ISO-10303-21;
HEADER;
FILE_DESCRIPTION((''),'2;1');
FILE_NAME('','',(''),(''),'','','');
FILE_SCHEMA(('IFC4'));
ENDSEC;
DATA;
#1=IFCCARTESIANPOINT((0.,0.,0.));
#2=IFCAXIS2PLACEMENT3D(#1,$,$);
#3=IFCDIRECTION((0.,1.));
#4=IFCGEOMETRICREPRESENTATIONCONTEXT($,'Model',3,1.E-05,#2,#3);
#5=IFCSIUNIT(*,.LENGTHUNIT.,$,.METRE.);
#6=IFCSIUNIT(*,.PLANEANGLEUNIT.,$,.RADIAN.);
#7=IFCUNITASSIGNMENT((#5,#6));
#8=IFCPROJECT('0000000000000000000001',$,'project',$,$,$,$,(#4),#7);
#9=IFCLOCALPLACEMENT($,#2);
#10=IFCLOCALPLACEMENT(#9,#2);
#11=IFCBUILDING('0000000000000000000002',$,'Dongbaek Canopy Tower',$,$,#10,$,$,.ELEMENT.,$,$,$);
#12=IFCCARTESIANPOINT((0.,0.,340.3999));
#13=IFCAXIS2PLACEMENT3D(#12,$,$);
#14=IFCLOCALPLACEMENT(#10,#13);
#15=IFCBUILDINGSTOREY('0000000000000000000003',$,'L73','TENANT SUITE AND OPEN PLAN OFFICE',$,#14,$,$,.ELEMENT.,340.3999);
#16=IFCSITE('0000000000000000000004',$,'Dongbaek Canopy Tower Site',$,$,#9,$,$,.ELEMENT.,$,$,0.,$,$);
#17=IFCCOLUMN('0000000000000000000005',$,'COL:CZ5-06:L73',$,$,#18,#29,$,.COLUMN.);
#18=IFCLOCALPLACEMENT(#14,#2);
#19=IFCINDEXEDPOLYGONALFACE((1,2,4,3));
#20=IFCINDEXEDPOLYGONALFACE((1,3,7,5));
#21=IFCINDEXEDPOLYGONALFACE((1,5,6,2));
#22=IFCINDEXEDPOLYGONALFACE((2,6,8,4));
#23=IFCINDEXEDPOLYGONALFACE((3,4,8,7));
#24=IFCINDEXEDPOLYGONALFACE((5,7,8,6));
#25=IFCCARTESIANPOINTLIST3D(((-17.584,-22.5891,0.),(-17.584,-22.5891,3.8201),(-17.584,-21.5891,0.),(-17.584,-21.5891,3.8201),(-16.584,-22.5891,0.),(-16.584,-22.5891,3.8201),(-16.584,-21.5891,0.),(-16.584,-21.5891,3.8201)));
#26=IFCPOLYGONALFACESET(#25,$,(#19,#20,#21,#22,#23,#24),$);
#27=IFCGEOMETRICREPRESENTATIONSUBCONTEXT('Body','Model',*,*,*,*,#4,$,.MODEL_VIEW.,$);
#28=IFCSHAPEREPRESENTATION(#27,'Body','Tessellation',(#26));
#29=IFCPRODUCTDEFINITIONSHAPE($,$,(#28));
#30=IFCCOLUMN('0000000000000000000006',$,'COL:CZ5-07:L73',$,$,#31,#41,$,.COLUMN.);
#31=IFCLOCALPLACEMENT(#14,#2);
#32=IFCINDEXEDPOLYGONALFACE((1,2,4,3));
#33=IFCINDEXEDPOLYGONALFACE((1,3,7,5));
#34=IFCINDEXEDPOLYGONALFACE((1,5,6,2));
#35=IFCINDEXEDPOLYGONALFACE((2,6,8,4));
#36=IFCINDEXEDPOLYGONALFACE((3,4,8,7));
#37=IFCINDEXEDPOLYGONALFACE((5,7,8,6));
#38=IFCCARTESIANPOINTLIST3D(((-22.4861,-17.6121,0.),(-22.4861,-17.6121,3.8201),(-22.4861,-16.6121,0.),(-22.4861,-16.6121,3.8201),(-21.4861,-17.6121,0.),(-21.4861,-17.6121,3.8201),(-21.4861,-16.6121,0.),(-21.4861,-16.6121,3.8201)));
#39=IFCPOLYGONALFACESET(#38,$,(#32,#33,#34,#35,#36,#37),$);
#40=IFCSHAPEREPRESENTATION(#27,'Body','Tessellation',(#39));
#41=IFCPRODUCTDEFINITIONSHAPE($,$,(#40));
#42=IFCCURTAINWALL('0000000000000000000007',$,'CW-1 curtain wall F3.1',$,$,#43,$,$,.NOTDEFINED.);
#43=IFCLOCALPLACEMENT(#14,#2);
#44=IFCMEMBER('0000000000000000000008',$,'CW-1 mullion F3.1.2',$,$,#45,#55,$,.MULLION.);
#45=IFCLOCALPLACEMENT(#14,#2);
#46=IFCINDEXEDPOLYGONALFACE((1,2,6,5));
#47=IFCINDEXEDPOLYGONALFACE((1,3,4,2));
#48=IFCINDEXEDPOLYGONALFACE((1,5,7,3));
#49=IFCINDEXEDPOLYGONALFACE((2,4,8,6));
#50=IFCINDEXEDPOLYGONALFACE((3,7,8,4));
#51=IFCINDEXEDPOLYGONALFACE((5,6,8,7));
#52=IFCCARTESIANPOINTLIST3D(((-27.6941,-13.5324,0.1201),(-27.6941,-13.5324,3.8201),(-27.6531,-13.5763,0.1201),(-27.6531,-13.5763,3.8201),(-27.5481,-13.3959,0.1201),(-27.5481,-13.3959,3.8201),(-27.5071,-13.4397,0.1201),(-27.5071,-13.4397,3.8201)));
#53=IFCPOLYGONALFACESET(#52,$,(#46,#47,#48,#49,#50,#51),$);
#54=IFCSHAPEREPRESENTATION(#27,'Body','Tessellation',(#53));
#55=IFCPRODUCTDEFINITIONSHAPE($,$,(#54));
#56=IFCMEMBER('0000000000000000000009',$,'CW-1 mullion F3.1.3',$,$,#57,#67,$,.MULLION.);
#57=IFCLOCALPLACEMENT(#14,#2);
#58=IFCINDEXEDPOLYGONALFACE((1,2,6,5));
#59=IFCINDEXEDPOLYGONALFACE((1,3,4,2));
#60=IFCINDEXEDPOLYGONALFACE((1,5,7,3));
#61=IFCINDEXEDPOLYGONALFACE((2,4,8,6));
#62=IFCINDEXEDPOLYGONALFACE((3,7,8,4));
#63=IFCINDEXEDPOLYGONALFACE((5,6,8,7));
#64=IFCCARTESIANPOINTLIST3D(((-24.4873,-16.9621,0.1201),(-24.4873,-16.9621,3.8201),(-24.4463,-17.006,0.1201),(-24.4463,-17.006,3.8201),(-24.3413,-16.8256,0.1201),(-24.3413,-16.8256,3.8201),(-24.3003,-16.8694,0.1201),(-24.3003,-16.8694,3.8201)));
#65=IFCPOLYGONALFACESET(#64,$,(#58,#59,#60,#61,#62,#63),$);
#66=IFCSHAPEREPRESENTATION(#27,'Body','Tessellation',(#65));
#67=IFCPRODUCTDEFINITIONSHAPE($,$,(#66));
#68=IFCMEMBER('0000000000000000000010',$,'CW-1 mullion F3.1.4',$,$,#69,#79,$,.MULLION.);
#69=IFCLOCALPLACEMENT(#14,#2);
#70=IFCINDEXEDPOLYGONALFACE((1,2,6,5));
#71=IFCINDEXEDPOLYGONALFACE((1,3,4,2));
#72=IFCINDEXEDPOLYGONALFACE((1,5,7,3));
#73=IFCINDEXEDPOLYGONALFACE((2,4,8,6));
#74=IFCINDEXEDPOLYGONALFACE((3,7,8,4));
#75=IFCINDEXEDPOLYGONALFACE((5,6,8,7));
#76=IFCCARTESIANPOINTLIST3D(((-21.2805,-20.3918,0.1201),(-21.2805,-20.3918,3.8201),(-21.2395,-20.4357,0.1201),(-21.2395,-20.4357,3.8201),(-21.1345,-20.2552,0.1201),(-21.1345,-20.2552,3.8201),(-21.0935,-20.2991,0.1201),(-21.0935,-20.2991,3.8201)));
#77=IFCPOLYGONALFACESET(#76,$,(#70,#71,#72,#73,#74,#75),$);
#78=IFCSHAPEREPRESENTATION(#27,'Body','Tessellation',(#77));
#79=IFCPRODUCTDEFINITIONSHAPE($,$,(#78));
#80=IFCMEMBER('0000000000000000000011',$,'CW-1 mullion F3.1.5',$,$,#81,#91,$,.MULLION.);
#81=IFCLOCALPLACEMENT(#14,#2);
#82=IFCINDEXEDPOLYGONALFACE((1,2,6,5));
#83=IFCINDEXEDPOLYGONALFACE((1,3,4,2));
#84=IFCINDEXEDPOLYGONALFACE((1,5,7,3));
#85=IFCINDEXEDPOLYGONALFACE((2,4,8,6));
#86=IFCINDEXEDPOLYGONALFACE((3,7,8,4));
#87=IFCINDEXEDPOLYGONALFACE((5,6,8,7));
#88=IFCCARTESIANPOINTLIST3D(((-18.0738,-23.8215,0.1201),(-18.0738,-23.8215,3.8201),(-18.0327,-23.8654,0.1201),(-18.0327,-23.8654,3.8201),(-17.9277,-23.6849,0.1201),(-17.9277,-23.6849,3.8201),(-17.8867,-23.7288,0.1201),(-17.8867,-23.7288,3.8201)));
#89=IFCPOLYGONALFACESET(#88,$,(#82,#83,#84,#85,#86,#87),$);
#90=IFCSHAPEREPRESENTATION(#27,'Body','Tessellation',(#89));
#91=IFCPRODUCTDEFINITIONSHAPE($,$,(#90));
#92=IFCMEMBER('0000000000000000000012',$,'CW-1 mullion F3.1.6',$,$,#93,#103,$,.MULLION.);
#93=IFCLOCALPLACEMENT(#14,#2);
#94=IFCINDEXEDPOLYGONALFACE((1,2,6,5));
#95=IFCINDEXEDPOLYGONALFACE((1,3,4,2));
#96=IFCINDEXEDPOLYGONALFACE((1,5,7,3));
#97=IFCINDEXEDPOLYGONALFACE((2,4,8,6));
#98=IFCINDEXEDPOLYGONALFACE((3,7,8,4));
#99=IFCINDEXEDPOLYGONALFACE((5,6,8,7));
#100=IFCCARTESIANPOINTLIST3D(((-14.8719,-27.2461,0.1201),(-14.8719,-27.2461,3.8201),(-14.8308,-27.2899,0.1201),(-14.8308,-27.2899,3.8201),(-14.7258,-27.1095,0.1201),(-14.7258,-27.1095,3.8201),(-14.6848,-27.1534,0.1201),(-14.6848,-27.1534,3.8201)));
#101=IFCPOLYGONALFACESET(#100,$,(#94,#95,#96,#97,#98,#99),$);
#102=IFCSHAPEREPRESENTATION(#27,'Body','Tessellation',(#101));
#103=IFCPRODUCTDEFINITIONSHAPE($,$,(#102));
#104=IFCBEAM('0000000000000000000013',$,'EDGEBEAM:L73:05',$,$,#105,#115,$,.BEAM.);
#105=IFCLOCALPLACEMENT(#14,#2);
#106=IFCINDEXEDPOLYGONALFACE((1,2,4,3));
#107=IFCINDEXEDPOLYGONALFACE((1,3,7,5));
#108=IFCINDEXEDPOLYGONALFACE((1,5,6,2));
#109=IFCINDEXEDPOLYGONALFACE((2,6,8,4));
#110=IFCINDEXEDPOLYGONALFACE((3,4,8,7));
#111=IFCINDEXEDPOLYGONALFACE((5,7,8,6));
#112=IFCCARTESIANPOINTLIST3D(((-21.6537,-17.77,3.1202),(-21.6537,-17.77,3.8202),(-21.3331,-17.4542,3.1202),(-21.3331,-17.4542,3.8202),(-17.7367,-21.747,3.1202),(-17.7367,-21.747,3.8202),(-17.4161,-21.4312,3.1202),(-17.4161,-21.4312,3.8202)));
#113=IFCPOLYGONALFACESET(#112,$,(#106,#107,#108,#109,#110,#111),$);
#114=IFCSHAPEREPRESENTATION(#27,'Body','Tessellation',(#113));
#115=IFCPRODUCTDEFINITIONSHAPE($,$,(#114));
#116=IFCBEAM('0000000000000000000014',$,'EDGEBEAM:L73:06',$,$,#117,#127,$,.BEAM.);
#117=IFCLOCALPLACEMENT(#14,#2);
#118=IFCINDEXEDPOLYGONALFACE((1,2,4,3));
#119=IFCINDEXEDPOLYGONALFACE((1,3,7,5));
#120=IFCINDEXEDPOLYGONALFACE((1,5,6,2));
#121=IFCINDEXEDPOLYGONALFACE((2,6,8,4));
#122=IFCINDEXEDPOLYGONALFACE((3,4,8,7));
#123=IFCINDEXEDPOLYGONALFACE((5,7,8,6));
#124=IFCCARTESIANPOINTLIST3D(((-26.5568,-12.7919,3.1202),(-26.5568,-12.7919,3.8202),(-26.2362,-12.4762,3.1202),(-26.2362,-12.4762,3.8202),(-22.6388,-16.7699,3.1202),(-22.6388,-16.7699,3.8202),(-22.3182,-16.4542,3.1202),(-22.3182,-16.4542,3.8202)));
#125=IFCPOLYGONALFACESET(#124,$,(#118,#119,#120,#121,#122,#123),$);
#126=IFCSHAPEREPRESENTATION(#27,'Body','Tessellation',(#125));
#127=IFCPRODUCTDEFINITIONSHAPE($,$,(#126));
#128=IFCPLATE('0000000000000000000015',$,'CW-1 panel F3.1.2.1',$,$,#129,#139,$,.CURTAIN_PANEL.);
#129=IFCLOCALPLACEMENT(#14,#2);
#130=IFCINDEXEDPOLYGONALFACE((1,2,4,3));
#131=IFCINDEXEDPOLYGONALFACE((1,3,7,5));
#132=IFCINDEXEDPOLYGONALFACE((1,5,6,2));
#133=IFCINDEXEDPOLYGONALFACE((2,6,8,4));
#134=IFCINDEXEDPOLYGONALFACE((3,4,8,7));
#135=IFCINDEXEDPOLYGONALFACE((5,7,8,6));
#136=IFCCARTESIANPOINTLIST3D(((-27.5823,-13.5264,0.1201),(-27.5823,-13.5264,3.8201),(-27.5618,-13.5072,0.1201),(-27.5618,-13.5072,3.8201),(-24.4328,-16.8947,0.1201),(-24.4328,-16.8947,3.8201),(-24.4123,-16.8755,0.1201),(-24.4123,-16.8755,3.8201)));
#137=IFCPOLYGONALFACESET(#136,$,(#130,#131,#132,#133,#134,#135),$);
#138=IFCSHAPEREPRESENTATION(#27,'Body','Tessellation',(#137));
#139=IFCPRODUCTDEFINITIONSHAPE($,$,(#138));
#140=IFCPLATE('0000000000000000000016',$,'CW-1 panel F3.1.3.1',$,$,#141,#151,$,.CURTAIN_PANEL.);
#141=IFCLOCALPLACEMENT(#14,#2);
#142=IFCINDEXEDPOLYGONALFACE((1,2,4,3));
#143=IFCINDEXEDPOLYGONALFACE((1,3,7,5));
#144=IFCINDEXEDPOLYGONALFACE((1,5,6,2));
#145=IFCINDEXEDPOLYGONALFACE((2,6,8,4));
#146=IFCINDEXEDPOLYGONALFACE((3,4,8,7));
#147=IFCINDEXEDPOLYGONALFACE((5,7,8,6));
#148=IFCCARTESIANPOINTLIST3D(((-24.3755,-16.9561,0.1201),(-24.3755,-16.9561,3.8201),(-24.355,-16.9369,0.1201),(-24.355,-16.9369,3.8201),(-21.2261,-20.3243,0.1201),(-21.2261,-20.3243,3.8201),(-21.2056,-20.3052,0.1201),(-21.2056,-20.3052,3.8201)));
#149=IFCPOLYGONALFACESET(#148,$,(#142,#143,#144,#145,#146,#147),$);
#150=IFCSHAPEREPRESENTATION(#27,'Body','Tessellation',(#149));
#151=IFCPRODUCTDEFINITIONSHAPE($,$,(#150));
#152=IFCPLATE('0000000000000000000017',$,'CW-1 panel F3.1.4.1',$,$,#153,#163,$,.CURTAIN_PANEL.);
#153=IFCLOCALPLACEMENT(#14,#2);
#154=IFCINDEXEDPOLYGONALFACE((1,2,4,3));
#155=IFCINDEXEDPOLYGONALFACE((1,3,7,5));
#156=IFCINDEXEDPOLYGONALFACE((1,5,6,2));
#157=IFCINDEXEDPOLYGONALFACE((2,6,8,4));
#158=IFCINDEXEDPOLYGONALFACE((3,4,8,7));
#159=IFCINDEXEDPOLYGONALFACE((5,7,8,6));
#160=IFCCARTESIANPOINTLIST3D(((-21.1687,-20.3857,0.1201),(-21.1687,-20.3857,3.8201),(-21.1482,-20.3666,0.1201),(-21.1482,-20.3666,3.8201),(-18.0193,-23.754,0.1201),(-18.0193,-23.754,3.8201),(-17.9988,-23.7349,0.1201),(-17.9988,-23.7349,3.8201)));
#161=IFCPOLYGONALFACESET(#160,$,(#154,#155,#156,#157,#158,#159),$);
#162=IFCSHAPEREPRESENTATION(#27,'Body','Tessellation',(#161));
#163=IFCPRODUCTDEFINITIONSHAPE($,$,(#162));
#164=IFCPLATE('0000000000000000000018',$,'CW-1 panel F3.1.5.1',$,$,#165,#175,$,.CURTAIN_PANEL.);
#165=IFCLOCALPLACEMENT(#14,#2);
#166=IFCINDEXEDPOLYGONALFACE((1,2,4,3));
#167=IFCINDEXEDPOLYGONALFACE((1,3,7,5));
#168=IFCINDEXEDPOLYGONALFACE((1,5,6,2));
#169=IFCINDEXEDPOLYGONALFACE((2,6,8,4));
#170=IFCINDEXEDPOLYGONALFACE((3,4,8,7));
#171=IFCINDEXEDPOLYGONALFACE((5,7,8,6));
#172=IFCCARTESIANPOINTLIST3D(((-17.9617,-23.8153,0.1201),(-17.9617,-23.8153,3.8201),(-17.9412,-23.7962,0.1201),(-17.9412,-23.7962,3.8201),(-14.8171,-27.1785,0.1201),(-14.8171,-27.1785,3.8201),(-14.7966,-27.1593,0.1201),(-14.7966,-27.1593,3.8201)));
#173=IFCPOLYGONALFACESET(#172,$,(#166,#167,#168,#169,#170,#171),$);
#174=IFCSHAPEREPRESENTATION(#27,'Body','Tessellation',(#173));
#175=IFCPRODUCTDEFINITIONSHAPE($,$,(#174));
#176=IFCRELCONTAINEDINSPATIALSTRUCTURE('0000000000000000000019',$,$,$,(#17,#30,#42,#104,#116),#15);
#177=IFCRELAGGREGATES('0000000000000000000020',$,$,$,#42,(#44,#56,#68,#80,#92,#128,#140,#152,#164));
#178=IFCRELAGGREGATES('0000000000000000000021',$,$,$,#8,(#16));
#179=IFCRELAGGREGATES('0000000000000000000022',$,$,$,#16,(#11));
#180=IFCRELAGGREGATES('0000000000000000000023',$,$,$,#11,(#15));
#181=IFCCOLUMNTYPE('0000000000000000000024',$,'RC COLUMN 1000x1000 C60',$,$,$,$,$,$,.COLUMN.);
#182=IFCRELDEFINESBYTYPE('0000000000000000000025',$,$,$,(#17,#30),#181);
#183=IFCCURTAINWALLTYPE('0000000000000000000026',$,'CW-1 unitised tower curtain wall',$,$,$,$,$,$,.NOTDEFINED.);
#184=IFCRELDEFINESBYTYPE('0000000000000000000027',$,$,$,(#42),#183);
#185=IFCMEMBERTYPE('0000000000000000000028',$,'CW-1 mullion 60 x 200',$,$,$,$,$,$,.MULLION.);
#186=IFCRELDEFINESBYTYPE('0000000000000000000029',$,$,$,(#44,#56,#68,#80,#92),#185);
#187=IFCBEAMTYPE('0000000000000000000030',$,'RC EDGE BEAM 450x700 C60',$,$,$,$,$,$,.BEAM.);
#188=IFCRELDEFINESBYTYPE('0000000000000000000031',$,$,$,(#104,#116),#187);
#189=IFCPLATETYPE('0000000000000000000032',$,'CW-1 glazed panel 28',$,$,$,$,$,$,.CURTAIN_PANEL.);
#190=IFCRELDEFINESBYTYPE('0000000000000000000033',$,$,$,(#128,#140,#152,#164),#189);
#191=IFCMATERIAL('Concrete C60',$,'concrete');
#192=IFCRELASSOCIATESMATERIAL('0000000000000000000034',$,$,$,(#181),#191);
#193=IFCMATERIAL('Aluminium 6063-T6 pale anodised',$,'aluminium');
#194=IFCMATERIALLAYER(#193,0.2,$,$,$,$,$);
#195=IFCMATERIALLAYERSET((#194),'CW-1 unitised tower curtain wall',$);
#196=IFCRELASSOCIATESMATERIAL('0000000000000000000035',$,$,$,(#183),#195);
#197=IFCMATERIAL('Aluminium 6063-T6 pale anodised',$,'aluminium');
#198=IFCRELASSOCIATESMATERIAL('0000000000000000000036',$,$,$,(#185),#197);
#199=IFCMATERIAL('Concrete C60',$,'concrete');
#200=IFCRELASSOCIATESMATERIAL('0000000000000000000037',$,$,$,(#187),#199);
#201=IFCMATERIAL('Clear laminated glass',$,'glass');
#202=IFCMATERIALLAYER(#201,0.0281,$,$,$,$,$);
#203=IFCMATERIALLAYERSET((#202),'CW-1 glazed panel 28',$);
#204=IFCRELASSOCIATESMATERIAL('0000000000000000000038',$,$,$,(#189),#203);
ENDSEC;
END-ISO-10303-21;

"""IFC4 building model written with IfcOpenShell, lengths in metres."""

from ifc_helpers import new_model, si_unit, direction, frame, origin, origin_2d, place, context, subcontext, project, spatial, rectangle, extrude, material, layer, layer_set, material_profile, profile_set, type_object, element, aggregate, save


model = new_model("IFC4")

# Units and contexts
model_context = context("Model", 3, precision=1e-05, world=origin(), true_north=direction((0.0, 1.0)))
body_context = subcontext(model_context, "Body", "Model", "MODEL_VIEW")
ifc_project = project(units=[si_unit("LENGTHUNIT", "METRE"), si_unit("PLANEANGLEUNIT", "RADIAN")], contexts=[model_context])

# Site, building, storey
site_placement = place(None, origin())
site = spatial("IfcSite", under=ifc_project, at=site_placement, Name="Dongbaek Canopy Tower Site", CompositionType="ELEMENT", RefElevation=0.0)
building_placement = place(site_placement, origin())
building = spatial("IfcBuilding", under=site, at=building_placement, Name="Dongbaek Canopy Tower", CompositionType="ELEMENT")
storey_placement = place(building_placement, frame((0.0, 0.0, 340.3999)))
storey = spatial("IfcBuildingStorey", under=building, at=storey_placement, Name="L73", Description="TENANT SUITE AND OPEN PLAN OFFICE", CompositionType="ELEMENT", Elevation=340.3999)

# Columns
ifc_material_1 = material(Name="Concrete C60", Category="concrete")
ifc_material_profile_1 = material_profile(ifc_material_1, rectangle(XDim=1.0, YDim=1.0, at=origin_2d()), Name="RC COLUMN 1000x1000 C60")
ifc_profile_set_1 = profile_set([ifc_material_profile_1], Name="Concrete C60")
column_type = type_object("IfcColumnType", Name="RC COLUMN 1000x1000 C60", PredefinedType="COLUMN", material=ifc_profile_set_1)
for number, where, z_axis, x_axis, name in (
    (1, (-17.084, -22.0891, 0.0), (0.0, 0.0, 1.0), (1.0, 0.0, 0.0), "COL:CZ5-06:L73"),
    (2, (-21.9861, -17.1121, 0.0), (0.0, 0.0, 1.0), (1.0, 0.0, 0.0), "COL:CZ5-07:L73"),
):
    element("IfcColumn", number, at=place(storey_placement, frame(where, z_axis=z_axis, x_axis=x_axis)), inside=storey, type_object=column_type, Name=name, PredefinedType="COLUMN", context=body_context, shape_type="SweptSolid", body=[
        extrude(rectangle(XDim=1.0, YDim=1.0, at=origin_2d()), origin(), (0.0, 0.0, 1.0), 3.8201),
    ])

# Curtain wall, members
ifc_material_2 = material(Name="Aluminium 6063-T6 pale anodised", Category="aluminium")
ifc_layer_1 = layer(ifc_material_2, 0.2)
ifc_layer_set_1 = layer_set([ifc_layer_1], Name="CW-1 unitised tower curtain wall")
curtain_wall_type = type_object("IfcCurtainWallType", Name="CW-1 unitised tower curtain wall", PredefinedType="NOTDEFINED", material=ifc_layer_set_1)
curtain_wall_1_placement = place(storey_placement, origin())
curtain_wall_1 = element("IfcCurtainWall", 3, at=curtain_wall_1_placement, inside=storey, type_object=curtain_wall_type, Name="CW-1 curtain wall F3.1", PredefinedType="NOTDEFINED")
ifc_material_3 = material(Name="Aluminium 6063-T6 pale anodised", Category="aluminium")
ifc_material_profile_2 = material_profile(ifc_material_3, rectangle(XDim=0.2, YDim=0.0601, at=origin_2d()), Name="CW-1 mullion 60 x 200")
ifc_profile_set_2 = profile_set([ifc_material_profile_2], Name="Aluminium 6063-T6 pale anodised")
member_type = type_object("IfcMemberType", Name="CW-1 mullion 60 x 200", PredefinedType="MULLION", material=ifc_profile_set_2)
member_1_placement = place(storey_placement, frame((-27.6006, -13.4861, 0.1201), z_axis=(0.0, 0.0, 1.0), x_axis=(-0.730438, -0.682979, 0.0)))
member_1 = element("IfcMember", 4, at=member_1_placement, type_object=member_type, Name="CW-1 mullion F3.1.2", PredefinedType="MULLION", context=body_context, shape_type="SweptSolid", body=[
    extrude(rectangle(XDim=0.2, YDim=0.0601, at=origin_2d()), origin(), (0.0, 0.0, 1.0), 3.7),
])
member_2_placement = place(storey_placement, frame((-24.3938, -16.9158, 0.1201), z_axis=(0.0, 0.0, 1.0), x_axis=(-0.730438, -0.682979, 0.0)))
member_2 = element("IfcMember", 5, at=member_2_placement, type_object=member_type, Name="CW-1 mullion F3.1.3", PredefinedType="MULLION", context=body_context, shape_type="SweptSolid", body=[
    extrude(rectangle(XDim=0.2, YDim=0.0601, at=origin_2d()), origin(), (0.0, 0.0, 1.0), 3.7),
])
member_3_placement = place(storey_placement, frame((-21.187, -20.3455, 0.1201), z_axis=(0.0, 0.0, 1.0), x_axis=(-0.730438, -0.682979, 0.0)))
member_3 = element("IfcMember", 6, at=member_3_placement, type_object=member_type, Name="CW-1 mullion F3.1.4", PredefinedType="MULLION", context=body_context, shape_type="SweptSolid", body=[
    extrude(rectangle(XDim=0.2, YDim=0.0601, at=origin_2d()), origin(), (0.0, 0.0, 1.0), 3.7),
])
member_4_placement = place(storey_placement, frame((-17.9802, -23.7751, 0.1201), z_axis=(0.0, 0.0, 1.0), x_axis=(-0.730438, -0.682979, 0.0)))
member_4 = element("IfcMember", 7, at=member_4_placement, type_object=member_type, Name="CW-1 mullion F3.1.5", PredefinedType="MULLION", context=body_context, shape_type="SweptSolid", body=[
    extrude(rectangle(XDim=0.2, YDim=0.0601, at=origin_2d()), origin(), (0.0, 0.0, 1.0), 3.7),
])
member_5_placement = place(storey_placement, frame((-14.7783, -27.1997, 0.1201), z_axis=(0.0, 0.0, 1.0), x_axis=(-0.730438, -0.682979, 0.0)))
member_5 = element("IfcMember", 8, at=member_5_placement, type_object=member_type, Name="CW-1 mullion F3.1.6", PredefinedType="MULLION", context=body_context, shape_type="SweptSolid", body=[
    extrude(rectangle(XDim=0.2, YDim=0.0601, at=origin_2d()), origin(), (0.0, 0.0, 1.0), 3.7),
])

# Beams
ifc_material_4 = material(Name="Concrete C60", Category="concrete")
ifc_material_profile_3 = material_profile(ifc_material_4, rectangle(XDim=0.45, YDim=0.7, at=origin_2d()), Name="RC EDGE BEAM 450x700 C60")
ifc_profile_set_3 = profile_set([ifc_material_profile_3], Name="Concrete C60")
beam_type = type_object("IfcBeamType", Name="RC EDGE BEAM 450x700 C60", PredefinedType="BEAM", material=ifc_profile_set_3)
beam_1_placement = place(storey_placement, frame((-17.5764, -21.5891, 3.4702), z_axis=(-0.701707, 0.712466, 0.0), x_axis=(-0.712466, -0.701707, 0.0)))
element("IfcBeam", 9, at=beam_1_placement, inside=storey, type_object=beam_type, Name="EDGEBEAM:L73:05", PredefinedType="BEAM", context=body_context, shape_type="SweptSolid", body=[
    extrude(rectangle(XDim=0.45, YDim=0.7, at=origin_2d()), origin(), (0.0, 0.0, 1.0), 5.582),
])
beam_2_placement = place(storey_placement, frame((-22.4785, -16.6121, 3.4702), z_axis=(-0.701708, 0.712465, 0.0), x_axis=(-0.712465, -0.701708, 0.0)))
element("IfcBeam", 10, at=beam_2_placement, inside=storey, type_object=beam_type, Name="EDGEBEAM:L73:06", PredefinedType="BEAM", context=body_context, shape_type="SweptSolid", body=[
    extrude(rectangle(XDim=0.45, YDim=0.7, at=origin_2d()), origin(), (0.0, 0.0, 1.0), 5.5835),
])

# Plates
ifc_material_5 = material(Name="Clear laminated glass", Category="glass")
ifc_layer_2 = layer(ifc_material_5, 0.0281)
ifc_layer_set_2 = layer_set([ifc_layer_2], Name="CW-1 glazed panel 28")
plate_type = type_object("IfcPlateType", Name="CW-1 glazed panel 28", PredefinedType="CURTAIN_PANEL", material=ifc_layer_set_2)
plate_1_placement = place(storey_placement, frame((-25.9973, -15.2009, 0.1201), z_axis=(0.0, 0.0, 1.0), x_axis=(0.682979, -0.730438, 0.0)))
plate_1 = element("IfcPlate", 11, at=plate_1_placement, type_object=plate_type, Name="CW-1 panel F3.1.2.1", PredefinedType="CURTAIN_PANEL", context=body_context, shape_type="SweptSolid", body=[
    extrude(rectangle(XDim=4.6113, YDim=0.0281, at=origin_2d()), origin(), (0.0, 0.0, 1.0), 3.7),
])
plate_2_placement = place(storey_placement, frame((-22.7905, -18.6306, 0.1201), z_axis=(0.0, 0.0, 1.0), x_axis=(0.682979, -0.730438, 0.0)))
plate_2 = element("IfcPlate", 12, at=plate_2_placement, type_object=plate_type, Name="CW-1 panel F3.1.3.1", PredefinedType="CURTAIN_PANEL", context=body_context, shape_type="SweptSolid", body=[
    extrude(rectangle(XDim=4.6113, YDim=0.0281, at=origin_2d()), origin(), (0.0, 0.0, 1.0), 3.7),
])
plate_3_placement = place(storey_placement, frame((-19.5837, -22.0603, 0.1201), z_axis=(0.0, 0.0, 1.0), x_axis=(0.682979, -0.730438, 0.0)))
plate_3 = element("IfcPlate", 13, at=plate_3_placement, type_object=plate_type, Name="CW-1 panel F3.1.4.1", PredefinedType="CURTAIN_PANEL", context=body_context, shape_type="SweptSolid", body=[
    extrude(rectangle(XDim=4.6113, YDim=0.0281, at=origin_2d()), origin(), (0.0, 0.0, 1.0), 3.7),
])
plate_4_placement = place(storey_placement, frame((-16.3792, -25.4873, 0.1201), z_axis=(0.0, 0.0, 1.0), x_axis=(0.682979, -0.730438, 0.0)))
plate_4 = element("IfcPlate", 14, at=plate_4_placement, type_object=plate_type, Name="CW-1 panel F3.1.5.1", PredefinedType="CURTAIN_PANEL", context=body_context, shape_type="SweptSolid", body=[
    extrude(rectangle(XDim=4.6042, YDim=0.0281, at=origin_2d()), origin(), (0.0, 0.0, 1.0), 3.7),
])

aggregate(curtain_wall_1, [member_1, member_2, member_3, member_4, member_5, plate_1, plate_2, plate_3, plate_4])

save(model, "model.ifc")
